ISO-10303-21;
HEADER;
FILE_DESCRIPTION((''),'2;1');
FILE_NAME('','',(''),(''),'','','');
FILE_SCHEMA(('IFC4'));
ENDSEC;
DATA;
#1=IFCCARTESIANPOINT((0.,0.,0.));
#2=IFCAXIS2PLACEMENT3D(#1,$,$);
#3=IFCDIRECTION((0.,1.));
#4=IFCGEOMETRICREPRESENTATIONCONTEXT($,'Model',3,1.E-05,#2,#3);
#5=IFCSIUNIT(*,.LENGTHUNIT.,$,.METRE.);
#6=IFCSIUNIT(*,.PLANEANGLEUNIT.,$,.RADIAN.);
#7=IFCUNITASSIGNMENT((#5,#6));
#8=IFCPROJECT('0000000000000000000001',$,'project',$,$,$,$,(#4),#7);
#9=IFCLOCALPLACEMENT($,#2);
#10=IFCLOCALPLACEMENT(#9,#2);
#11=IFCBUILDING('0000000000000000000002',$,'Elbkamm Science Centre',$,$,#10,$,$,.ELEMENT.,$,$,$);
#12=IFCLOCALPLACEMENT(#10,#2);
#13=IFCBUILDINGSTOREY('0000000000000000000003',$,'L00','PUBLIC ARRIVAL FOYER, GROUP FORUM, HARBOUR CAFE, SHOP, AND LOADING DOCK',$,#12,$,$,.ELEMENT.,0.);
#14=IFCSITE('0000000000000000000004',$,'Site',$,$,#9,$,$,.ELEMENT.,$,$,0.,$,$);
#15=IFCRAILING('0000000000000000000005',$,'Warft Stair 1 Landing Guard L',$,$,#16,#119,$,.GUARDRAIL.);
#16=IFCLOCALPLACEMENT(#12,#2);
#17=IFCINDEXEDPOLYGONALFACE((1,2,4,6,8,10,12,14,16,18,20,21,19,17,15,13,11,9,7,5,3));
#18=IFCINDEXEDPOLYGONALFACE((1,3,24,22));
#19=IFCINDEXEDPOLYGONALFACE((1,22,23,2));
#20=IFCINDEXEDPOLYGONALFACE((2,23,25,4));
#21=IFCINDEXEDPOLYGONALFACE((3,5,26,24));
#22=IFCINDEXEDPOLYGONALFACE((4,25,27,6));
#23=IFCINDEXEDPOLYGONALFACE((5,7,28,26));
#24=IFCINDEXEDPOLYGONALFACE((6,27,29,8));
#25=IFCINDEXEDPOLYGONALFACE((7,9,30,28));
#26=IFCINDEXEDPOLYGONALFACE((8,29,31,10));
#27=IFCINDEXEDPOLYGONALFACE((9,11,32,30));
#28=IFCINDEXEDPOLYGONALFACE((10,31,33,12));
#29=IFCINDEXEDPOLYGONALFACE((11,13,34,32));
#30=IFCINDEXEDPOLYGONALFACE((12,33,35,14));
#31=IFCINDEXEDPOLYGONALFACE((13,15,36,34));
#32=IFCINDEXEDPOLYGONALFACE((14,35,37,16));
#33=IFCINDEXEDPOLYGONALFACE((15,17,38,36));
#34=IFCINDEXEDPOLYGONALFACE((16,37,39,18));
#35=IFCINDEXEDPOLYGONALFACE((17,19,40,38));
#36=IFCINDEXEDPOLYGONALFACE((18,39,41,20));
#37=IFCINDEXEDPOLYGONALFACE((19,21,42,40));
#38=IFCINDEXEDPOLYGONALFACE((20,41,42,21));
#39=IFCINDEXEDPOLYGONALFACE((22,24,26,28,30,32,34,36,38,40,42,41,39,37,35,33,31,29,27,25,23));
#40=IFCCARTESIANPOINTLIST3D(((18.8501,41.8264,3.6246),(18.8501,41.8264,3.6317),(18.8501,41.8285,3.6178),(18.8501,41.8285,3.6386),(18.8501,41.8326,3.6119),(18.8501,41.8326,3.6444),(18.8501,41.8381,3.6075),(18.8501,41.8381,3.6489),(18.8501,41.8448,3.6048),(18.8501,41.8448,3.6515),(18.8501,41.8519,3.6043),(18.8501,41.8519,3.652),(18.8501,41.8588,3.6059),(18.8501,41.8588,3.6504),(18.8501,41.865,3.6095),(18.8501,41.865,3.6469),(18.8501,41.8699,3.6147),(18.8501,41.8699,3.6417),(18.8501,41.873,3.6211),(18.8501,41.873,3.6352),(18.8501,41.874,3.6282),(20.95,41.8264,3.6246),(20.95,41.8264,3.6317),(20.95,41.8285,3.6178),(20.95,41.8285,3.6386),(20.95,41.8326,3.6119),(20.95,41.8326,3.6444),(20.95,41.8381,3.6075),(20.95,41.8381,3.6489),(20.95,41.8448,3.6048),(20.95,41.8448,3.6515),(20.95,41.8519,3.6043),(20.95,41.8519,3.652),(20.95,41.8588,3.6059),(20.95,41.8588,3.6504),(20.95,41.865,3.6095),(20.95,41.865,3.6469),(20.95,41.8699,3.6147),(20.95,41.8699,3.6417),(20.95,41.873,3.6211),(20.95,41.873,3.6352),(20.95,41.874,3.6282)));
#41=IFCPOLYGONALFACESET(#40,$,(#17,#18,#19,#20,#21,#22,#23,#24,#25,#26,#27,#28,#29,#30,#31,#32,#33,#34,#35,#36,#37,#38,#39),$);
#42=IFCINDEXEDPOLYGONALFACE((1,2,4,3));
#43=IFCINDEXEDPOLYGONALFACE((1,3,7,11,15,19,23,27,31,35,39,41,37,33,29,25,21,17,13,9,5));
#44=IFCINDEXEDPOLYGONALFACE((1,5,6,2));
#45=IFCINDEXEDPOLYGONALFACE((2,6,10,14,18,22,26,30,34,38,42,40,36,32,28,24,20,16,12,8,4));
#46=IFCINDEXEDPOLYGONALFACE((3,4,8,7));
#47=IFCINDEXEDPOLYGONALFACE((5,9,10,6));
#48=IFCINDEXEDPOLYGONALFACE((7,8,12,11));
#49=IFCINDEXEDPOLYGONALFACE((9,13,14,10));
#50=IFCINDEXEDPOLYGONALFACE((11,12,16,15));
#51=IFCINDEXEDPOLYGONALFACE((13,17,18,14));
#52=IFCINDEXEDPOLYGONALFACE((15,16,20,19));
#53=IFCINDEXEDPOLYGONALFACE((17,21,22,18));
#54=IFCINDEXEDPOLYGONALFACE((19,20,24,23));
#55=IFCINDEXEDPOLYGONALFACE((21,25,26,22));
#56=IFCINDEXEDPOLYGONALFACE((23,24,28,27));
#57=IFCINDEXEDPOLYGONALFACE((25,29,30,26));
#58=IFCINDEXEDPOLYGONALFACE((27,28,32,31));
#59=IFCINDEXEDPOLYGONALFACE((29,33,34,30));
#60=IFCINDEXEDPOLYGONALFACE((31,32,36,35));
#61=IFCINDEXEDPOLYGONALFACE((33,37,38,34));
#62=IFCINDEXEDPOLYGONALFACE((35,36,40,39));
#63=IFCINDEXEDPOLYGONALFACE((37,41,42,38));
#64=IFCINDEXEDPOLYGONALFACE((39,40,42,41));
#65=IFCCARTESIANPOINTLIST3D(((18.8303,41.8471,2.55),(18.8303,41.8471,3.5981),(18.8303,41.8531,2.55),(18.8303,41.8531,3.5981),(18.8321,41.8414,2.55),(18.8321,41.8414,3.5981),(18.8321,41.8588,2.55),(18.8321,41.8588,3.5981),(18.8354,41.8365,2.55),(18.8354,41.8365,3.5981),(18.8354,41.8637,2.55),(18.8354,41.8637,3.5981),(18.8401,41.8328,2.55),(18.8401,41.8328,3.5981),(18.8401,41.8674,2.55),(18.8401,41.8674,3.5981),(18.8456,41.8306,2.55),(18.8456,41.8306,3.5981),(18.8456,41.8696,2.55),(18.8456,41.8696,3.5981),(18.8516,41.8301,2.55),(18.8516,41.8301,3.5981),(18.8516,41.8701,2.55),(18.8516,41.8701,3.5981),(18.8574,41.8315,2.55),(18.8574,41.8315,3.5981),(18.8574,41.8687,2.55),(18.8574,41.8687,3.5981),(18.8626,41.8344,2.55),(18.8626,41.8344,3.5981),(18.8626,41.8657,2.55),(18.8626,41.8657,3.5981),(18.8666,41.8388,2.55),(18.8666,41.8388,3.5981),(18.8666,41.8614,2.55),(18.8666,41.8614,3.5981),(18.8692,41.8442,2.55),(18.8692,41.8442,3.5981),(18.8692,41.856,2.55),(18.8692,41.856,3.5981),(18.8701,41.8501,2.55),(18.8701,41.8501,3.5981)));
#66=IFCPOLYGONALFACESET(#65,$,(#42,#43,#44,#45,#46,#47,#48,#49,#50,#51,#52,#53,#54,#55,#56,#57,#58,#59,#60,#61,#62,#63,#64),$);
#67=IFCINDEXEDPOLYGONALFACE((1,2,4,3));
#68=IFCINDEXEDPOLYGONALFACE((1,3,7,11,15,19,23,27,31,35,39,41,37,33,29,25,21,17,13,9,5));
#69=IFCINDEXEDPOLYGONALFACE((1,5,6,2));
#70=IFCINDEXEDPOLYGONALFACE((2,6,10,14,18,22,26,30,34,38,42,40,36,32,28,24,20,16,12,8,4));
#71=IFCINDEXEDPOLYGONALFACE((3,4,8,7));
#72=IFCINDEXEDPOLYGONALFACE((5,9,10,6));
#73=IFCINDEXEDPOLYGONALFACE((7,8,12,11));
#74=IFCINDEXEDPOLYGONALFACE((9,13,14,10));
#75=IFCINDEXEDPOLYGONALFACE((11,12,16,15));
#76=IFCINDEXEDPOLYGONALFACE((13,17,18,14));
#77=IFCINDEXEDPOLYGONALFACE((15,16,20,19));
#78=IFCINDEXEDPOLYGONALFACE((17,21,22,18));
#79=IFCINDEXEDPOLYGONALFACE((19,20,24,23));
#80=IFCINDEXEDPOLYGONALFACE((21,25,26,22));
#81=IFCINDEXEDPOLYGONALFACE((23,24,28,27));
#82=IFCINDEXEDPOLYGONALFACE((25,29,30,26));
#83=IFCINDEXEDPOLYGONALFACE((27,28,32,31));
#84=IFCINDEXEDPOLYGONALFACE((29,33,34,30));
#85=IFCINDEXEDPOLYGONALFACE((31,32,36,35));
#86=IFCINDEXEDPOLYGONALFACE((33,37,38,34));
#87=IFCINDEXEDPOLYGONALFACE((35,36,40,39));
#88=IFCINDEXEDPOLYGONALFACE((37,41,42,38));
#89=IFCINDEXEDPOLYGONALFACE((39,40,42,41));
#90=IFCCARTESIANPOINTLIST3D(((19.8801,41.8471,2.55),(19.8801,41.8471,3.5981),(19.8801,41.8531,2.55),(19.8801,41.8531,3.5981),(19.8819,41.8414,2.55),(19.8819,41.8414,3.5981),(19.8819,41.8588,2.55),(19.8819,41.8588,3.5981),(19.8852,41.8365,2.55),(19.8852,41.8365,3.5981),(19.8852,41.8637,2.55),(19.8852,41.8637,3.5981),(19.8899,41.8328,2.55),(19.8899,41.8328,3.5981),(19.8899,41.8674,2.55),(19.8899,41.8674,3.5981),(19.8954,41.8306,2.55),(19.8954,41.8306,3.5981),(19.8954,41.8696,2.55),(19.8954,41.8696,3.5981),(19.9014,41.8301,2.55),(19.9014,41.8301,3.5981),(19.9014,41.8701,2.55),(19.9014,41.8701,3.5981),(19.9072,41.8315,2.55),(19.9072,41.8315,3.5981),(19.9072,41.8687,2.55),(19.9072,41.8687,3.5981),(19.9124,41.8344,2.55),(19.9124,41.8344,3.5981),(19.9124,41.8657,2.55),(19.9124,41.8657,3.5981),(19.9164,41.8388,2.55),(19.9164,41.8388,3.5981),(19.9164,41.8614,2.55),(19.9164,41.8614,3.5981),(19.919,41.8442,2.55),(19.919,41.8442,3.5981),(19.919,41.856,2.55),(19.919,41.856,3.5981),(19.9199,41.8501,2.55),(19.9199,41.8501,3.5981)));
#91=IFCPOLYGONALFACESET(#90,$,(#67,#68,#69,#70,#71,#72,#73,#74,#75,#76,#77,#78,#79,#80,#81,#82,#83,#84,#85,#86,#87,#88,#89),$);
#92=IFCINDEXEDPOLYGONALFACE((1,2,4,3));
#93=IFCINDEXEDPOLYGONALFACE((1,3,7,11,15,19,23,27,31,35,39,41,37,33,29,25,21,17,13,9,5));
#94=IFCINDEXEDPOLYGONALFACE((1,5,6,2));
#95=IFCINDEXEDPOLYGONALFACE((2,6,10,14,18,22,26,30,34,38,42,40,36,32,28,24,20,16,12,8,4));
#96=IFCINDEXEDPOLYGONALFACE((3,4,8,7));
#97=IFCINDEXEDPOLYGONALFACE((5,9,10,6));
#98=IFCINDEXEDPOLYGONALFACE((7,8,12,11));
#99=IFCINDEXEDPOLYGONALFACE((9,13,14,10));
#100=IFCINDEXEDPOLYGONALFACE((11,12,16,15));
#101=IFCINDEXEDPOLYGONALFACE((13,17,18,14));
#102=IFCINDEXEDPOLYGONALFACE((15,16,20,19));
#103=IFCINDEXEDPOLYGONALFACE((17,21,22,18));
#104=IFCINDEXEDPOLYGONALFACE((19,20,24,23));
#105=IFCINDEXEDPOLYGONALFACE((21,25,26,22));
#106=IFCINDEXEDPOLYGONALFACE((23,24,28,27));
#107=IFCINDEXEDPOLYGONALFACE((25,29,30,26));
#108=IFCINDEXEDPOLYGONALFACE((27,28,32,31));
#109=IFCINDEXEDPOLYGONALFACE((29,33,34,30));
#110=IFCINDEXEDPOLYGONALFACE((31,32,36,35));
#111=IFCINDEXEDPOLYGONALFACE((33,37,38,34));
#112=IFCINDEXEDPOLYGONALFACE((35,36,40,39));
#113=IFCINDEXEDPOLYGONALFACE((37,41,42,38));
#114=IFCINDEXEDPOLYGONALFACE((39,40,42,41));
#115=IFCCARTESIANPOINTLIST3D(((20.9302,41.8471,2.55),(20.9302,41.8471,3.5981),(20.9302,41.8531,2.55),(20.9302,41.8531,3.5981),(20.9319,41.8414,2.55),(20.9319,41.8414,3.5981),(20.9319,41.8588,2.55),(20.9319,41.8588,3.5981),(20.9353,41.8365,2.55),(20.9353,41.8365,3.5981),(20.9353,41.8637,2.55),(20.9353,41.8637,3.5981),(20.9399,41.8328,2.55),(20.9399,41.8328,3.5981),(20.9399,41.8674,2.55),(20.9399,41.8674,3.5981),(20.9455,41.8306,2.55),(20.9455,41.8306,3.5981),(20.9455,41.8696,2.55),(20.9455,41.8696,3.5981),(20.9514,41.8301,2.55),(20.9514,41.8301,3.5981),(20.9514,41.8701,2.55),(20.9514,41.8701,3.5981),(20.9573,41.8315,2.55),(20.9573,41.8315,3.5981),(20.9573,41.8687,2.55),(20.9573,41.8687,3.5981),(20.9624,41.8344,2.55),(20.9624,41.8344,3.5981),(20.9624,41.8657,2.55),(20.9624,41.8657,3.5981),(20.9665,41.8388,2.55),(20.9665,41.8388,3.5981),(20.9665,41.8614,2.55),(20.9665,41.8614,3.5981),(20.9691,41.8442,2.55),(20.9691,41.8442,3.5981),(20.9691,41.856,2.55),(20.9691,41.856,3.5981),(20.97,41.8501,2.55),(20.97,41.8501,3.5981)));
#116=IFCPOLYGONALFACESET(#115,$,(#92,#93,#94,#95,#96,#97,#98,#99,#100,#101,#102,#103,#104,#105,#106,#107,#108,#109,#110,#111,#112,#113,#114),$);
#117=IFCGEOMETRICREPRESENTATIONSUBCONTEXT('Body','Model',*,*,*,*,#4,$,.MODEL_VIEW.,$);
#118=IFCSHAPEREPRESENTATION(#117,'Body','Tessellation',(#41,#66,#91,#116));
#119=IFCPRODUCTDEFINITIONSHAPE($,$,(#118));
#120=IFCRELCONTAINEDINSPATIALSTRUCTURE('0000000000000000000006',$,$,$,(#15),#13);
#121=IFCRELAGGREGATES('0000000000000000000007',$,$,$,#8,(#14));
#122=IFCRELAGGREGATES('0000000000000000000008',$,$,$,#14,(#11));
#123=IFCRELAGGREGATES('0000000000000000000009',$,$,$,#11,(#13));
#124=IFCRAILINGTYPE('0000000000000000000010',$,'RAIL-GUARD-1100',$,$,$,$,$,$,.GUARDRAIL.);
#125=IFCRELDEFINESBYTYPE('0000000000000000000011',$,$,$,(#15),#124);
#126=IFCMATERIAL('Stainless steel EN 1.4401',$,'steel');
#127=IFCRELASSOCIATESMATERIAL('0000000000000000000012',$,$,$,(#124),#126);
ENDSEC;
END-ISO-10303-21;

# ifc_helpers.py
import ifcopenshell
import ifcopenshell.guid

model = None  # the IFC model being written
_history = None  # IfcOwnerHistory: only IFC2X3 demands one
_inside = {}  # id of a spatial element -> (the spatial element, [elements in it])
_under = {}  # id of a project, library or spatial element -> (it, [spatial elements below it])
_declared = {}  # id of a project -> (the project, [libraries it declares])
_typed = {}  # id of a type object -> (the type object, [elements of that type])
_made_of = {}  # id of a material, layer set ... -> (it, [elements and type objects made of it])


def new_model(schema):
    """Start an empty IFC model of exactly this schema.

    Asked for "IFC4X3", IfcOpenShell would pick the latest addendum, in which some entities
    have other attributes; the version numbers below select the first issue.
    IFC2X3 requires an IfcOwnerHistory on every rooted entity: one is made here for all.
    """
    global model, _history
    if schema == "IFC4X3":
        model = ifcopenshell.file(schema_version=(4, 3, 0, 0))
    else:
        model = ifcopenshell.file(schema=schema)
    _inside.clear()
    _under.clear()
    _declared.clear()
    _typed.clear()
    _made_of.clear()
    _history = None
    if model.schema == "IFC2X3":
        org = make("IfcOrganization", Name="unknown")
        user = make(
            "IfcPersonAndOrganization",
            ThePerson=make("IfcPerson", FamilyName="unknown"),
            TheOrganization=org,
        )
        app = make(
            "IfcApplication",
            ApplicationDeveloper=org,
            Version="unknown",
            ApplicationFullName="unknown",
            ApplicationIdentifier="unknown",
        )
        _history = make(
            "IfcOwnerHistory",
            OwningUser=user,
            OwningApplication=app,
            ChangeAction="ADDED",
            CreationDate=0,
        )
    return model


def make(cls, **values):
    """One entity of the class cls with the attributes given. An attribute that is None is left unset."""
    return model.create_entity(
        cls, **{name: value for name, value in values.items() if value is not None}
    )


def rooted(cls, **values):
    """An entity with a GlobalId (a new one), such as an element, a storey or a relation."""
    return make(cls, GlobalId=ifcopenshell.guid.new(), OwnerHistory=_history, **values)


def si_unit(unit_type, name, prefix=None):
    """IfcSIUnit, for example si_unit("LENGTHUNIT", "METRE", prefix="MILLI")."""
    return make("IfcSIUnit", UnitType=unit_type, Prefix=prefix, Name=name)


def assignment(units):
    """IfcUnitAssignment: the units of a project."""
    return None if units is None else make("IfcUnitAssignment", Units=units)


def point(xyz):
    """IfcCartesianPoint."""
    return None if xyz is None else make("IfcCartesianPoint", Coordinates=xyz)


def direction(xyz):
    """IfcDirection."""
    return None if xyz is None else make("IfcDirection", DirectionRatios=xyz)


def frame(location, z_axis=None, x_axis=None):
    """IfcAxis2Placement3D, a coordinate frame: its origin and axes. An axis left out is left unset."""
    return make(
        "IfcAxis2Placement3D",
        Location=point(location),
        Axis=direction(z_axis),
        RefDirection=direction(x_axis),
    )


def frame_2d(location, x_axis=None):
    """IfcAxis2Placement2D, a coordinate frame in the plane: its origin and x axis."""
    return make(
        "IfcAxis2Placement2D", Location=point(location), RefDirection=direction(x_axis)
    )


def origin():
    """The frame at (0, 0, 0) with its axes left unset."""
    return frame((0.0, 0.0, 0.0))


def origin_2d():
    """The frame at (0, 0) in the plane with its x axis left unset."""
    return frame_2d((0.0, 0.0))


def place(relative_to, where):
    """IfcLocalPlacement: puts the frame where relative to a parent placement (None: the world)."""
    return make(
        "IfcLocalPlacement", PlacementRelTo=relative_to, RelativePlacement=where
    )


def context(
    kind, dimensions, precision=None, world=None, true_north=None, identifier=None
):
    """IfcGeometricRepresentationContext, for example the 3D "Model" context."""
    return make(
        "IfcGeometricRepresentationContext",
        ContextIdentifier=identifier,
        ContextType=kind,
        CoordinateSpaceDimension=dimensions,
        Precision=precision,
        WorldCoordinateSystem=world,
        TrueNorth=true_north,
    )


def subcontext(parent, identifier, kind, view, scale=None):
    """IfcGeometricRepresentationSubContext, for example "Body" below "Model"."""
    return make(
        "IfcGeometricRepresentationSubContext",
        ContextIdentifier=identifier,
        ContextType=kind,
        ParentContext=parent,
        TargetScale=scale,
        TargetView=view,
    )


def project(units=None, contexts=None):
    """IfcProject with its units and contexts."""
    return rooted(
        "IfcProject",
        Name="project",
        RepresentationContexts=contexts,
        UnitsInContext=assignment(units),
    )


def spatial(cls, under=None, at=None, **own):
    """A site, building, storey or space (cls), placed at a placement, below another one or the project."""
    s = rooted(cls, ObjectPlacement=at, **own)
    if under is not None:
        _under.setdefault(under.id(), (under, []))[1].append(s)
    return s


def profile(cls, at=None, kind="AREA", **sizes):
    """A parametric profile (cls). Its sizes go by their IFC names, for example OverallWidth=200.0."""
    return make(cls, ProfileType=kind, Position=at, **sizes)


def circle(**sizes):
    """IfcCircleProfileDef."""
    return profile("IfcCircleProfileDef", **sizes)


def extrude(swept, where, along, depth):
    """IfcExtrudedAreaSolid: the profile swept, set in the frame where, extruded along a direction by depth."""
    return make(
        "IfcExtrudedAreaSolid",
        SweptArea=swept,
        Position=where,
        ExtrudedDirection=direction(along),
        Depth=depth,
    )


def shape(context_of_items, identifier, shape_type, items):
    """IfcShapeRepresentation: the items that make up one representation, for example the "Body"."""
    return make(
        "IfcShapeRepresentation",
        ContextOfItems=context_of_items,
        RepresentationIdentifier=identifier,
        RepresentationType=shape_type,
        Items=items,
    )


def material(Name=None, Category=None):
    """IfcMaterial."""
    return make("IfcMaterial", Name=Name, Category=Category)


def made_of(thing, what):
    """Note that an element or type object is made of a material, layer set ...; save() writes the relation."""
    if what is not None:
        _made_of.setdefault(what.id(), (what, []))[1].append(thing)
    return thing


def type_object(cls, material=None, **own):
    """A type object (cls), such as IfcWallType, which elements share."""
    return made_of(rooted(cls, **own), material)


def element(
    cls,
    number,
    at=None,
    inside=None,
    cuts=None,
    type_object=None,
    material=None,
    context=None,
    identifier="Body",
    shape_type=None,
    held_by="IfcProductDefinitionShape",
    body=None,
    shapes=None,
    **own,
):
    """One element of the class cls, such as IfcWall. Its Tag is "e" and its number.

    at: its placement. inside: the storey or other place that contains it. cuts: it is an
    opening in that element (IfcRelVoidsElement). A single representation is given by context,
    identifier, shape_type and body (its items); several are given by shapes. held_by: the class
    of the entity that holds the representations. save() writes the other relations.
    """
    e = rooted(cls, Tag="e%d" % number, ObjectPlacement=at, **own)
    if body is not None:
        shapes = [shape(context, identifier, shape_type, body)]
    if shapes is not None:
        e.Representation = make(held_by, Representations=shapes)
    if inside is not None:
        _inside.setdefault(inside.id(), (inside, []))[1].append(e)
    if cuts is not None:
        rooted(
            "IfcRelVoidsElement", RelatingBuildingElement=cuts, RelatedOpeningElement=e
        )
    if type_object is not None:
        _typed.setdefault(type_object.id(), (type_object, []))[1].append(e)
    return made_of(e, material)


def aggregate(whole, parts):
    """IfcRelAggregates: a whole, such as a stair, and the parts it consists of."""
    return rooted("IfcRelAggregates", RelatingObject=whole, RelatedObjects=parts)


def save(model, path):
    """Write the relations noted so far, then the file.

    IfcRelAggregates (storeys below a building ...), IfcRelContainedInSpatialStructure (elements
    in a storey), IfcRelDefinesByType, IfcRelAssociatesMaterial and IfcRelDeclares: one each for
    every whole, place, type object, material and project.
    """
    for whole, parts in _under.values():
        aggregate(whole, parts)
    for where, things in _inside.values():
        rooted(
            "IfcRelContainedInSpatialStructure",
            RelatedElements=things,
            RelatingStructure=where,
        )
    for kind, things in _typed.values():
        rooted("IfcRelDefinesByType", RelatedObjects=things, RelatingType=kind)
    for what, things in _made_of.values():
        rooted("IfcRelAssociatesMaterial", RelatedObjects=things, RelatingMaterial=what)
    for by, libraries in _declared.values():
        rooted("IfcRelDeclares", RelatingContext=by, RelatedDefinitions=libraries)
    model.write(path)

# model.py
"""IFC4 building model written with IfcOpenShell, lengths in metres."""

from ifc_helpers import new_model, si_unit, direction, frame, origin, origin_2d, place, context, subcontext, project, spatial, circle, extrude, material, type_object, element, save


model = new_model("IFC4")

# Units and contexts
model_context = context("Model", 3, precision=1e-05, world=origin(), true_north=direction((0.0, 1.0)))
body_context = subcontext(model_context, "Body", "Model", "MODEL_VIEW")
ifc_project = project(units=[si_unit("LENGTHUNIT", "METRE"), si_unit("PLANEANGLEUNIT", "RADIAN")], contexts=[model_context])

# Site, building, storey
site_placement = place(None, origin())
site = spatial("IfcSite", under=ifc_project, at=site_placement, Name="Site", CompositionType="ELEMENT", RefElevation=0.0)
building_placement = place(site_placement, origin())
building = spatial("IfcBuilding", under=site, at=building_placement, Name="Elbkamm Science Centre", CompositionType="ELEMENT")
storey_placement = place(building_placement, origin())
storey = spatial("IfcBuildingStorey", under=building, at=storey_placement, Name="L00", Description="PUBLIC ARRIVAL FOYER, GROUP FORUM, HARBOUR CAFE, SHOP, AND LOADING DOCK", CompositionType="ELEMENT", Elevation=0.0)

# Railing
ifc_material_1 = material(Name="Stainless steel EN 1.4401", Category="steel")
railing_type_1 = type_object("IfcRailingType", Name="RAIL-GUARD-1100", PredefinedType="GUARDRAIL", material=ifc_material_1)
railing_1_placement = place(storey_placement, frame((18.8501, 41.8501, 2.55)))
element("IfcRailing", 1, at=railing_1_placement, inside=storey, type_object=railing_type_1, Name="Warft Stair 1 Landing Guard L", PredefinedType="GUARDRAIL", context=body_context, shape_type="SweptSolid", body=[
    extrude(circle(Radius=0.0239, at=origin_2d()), frame((0.0, 0.0, 1.0781), z_axis=(1.0, 0.0, 0.0), x_axis=(0.0, 1.0, 0.0)), (0.0, 0.0, 1.0), 2.0999),
    extrude(circle(Radius=0.02, at=origin_2d()), origin(), (0.0, 0.0, 1.0), 1.0481),
    extrude(circle(Radius=0.02, at=origin_2d()), frame((1.0498, 0.0, 0.0)), (0.0, 0.0, 1.0), 1.0481),
    extrude(circle(Radius=0.02, at=origin_2d()), frame((2.0999, 0.0, 0.0)), (0.0, 0.0, 1.0), 1.0481),
])

save(model, "model.ifc")
